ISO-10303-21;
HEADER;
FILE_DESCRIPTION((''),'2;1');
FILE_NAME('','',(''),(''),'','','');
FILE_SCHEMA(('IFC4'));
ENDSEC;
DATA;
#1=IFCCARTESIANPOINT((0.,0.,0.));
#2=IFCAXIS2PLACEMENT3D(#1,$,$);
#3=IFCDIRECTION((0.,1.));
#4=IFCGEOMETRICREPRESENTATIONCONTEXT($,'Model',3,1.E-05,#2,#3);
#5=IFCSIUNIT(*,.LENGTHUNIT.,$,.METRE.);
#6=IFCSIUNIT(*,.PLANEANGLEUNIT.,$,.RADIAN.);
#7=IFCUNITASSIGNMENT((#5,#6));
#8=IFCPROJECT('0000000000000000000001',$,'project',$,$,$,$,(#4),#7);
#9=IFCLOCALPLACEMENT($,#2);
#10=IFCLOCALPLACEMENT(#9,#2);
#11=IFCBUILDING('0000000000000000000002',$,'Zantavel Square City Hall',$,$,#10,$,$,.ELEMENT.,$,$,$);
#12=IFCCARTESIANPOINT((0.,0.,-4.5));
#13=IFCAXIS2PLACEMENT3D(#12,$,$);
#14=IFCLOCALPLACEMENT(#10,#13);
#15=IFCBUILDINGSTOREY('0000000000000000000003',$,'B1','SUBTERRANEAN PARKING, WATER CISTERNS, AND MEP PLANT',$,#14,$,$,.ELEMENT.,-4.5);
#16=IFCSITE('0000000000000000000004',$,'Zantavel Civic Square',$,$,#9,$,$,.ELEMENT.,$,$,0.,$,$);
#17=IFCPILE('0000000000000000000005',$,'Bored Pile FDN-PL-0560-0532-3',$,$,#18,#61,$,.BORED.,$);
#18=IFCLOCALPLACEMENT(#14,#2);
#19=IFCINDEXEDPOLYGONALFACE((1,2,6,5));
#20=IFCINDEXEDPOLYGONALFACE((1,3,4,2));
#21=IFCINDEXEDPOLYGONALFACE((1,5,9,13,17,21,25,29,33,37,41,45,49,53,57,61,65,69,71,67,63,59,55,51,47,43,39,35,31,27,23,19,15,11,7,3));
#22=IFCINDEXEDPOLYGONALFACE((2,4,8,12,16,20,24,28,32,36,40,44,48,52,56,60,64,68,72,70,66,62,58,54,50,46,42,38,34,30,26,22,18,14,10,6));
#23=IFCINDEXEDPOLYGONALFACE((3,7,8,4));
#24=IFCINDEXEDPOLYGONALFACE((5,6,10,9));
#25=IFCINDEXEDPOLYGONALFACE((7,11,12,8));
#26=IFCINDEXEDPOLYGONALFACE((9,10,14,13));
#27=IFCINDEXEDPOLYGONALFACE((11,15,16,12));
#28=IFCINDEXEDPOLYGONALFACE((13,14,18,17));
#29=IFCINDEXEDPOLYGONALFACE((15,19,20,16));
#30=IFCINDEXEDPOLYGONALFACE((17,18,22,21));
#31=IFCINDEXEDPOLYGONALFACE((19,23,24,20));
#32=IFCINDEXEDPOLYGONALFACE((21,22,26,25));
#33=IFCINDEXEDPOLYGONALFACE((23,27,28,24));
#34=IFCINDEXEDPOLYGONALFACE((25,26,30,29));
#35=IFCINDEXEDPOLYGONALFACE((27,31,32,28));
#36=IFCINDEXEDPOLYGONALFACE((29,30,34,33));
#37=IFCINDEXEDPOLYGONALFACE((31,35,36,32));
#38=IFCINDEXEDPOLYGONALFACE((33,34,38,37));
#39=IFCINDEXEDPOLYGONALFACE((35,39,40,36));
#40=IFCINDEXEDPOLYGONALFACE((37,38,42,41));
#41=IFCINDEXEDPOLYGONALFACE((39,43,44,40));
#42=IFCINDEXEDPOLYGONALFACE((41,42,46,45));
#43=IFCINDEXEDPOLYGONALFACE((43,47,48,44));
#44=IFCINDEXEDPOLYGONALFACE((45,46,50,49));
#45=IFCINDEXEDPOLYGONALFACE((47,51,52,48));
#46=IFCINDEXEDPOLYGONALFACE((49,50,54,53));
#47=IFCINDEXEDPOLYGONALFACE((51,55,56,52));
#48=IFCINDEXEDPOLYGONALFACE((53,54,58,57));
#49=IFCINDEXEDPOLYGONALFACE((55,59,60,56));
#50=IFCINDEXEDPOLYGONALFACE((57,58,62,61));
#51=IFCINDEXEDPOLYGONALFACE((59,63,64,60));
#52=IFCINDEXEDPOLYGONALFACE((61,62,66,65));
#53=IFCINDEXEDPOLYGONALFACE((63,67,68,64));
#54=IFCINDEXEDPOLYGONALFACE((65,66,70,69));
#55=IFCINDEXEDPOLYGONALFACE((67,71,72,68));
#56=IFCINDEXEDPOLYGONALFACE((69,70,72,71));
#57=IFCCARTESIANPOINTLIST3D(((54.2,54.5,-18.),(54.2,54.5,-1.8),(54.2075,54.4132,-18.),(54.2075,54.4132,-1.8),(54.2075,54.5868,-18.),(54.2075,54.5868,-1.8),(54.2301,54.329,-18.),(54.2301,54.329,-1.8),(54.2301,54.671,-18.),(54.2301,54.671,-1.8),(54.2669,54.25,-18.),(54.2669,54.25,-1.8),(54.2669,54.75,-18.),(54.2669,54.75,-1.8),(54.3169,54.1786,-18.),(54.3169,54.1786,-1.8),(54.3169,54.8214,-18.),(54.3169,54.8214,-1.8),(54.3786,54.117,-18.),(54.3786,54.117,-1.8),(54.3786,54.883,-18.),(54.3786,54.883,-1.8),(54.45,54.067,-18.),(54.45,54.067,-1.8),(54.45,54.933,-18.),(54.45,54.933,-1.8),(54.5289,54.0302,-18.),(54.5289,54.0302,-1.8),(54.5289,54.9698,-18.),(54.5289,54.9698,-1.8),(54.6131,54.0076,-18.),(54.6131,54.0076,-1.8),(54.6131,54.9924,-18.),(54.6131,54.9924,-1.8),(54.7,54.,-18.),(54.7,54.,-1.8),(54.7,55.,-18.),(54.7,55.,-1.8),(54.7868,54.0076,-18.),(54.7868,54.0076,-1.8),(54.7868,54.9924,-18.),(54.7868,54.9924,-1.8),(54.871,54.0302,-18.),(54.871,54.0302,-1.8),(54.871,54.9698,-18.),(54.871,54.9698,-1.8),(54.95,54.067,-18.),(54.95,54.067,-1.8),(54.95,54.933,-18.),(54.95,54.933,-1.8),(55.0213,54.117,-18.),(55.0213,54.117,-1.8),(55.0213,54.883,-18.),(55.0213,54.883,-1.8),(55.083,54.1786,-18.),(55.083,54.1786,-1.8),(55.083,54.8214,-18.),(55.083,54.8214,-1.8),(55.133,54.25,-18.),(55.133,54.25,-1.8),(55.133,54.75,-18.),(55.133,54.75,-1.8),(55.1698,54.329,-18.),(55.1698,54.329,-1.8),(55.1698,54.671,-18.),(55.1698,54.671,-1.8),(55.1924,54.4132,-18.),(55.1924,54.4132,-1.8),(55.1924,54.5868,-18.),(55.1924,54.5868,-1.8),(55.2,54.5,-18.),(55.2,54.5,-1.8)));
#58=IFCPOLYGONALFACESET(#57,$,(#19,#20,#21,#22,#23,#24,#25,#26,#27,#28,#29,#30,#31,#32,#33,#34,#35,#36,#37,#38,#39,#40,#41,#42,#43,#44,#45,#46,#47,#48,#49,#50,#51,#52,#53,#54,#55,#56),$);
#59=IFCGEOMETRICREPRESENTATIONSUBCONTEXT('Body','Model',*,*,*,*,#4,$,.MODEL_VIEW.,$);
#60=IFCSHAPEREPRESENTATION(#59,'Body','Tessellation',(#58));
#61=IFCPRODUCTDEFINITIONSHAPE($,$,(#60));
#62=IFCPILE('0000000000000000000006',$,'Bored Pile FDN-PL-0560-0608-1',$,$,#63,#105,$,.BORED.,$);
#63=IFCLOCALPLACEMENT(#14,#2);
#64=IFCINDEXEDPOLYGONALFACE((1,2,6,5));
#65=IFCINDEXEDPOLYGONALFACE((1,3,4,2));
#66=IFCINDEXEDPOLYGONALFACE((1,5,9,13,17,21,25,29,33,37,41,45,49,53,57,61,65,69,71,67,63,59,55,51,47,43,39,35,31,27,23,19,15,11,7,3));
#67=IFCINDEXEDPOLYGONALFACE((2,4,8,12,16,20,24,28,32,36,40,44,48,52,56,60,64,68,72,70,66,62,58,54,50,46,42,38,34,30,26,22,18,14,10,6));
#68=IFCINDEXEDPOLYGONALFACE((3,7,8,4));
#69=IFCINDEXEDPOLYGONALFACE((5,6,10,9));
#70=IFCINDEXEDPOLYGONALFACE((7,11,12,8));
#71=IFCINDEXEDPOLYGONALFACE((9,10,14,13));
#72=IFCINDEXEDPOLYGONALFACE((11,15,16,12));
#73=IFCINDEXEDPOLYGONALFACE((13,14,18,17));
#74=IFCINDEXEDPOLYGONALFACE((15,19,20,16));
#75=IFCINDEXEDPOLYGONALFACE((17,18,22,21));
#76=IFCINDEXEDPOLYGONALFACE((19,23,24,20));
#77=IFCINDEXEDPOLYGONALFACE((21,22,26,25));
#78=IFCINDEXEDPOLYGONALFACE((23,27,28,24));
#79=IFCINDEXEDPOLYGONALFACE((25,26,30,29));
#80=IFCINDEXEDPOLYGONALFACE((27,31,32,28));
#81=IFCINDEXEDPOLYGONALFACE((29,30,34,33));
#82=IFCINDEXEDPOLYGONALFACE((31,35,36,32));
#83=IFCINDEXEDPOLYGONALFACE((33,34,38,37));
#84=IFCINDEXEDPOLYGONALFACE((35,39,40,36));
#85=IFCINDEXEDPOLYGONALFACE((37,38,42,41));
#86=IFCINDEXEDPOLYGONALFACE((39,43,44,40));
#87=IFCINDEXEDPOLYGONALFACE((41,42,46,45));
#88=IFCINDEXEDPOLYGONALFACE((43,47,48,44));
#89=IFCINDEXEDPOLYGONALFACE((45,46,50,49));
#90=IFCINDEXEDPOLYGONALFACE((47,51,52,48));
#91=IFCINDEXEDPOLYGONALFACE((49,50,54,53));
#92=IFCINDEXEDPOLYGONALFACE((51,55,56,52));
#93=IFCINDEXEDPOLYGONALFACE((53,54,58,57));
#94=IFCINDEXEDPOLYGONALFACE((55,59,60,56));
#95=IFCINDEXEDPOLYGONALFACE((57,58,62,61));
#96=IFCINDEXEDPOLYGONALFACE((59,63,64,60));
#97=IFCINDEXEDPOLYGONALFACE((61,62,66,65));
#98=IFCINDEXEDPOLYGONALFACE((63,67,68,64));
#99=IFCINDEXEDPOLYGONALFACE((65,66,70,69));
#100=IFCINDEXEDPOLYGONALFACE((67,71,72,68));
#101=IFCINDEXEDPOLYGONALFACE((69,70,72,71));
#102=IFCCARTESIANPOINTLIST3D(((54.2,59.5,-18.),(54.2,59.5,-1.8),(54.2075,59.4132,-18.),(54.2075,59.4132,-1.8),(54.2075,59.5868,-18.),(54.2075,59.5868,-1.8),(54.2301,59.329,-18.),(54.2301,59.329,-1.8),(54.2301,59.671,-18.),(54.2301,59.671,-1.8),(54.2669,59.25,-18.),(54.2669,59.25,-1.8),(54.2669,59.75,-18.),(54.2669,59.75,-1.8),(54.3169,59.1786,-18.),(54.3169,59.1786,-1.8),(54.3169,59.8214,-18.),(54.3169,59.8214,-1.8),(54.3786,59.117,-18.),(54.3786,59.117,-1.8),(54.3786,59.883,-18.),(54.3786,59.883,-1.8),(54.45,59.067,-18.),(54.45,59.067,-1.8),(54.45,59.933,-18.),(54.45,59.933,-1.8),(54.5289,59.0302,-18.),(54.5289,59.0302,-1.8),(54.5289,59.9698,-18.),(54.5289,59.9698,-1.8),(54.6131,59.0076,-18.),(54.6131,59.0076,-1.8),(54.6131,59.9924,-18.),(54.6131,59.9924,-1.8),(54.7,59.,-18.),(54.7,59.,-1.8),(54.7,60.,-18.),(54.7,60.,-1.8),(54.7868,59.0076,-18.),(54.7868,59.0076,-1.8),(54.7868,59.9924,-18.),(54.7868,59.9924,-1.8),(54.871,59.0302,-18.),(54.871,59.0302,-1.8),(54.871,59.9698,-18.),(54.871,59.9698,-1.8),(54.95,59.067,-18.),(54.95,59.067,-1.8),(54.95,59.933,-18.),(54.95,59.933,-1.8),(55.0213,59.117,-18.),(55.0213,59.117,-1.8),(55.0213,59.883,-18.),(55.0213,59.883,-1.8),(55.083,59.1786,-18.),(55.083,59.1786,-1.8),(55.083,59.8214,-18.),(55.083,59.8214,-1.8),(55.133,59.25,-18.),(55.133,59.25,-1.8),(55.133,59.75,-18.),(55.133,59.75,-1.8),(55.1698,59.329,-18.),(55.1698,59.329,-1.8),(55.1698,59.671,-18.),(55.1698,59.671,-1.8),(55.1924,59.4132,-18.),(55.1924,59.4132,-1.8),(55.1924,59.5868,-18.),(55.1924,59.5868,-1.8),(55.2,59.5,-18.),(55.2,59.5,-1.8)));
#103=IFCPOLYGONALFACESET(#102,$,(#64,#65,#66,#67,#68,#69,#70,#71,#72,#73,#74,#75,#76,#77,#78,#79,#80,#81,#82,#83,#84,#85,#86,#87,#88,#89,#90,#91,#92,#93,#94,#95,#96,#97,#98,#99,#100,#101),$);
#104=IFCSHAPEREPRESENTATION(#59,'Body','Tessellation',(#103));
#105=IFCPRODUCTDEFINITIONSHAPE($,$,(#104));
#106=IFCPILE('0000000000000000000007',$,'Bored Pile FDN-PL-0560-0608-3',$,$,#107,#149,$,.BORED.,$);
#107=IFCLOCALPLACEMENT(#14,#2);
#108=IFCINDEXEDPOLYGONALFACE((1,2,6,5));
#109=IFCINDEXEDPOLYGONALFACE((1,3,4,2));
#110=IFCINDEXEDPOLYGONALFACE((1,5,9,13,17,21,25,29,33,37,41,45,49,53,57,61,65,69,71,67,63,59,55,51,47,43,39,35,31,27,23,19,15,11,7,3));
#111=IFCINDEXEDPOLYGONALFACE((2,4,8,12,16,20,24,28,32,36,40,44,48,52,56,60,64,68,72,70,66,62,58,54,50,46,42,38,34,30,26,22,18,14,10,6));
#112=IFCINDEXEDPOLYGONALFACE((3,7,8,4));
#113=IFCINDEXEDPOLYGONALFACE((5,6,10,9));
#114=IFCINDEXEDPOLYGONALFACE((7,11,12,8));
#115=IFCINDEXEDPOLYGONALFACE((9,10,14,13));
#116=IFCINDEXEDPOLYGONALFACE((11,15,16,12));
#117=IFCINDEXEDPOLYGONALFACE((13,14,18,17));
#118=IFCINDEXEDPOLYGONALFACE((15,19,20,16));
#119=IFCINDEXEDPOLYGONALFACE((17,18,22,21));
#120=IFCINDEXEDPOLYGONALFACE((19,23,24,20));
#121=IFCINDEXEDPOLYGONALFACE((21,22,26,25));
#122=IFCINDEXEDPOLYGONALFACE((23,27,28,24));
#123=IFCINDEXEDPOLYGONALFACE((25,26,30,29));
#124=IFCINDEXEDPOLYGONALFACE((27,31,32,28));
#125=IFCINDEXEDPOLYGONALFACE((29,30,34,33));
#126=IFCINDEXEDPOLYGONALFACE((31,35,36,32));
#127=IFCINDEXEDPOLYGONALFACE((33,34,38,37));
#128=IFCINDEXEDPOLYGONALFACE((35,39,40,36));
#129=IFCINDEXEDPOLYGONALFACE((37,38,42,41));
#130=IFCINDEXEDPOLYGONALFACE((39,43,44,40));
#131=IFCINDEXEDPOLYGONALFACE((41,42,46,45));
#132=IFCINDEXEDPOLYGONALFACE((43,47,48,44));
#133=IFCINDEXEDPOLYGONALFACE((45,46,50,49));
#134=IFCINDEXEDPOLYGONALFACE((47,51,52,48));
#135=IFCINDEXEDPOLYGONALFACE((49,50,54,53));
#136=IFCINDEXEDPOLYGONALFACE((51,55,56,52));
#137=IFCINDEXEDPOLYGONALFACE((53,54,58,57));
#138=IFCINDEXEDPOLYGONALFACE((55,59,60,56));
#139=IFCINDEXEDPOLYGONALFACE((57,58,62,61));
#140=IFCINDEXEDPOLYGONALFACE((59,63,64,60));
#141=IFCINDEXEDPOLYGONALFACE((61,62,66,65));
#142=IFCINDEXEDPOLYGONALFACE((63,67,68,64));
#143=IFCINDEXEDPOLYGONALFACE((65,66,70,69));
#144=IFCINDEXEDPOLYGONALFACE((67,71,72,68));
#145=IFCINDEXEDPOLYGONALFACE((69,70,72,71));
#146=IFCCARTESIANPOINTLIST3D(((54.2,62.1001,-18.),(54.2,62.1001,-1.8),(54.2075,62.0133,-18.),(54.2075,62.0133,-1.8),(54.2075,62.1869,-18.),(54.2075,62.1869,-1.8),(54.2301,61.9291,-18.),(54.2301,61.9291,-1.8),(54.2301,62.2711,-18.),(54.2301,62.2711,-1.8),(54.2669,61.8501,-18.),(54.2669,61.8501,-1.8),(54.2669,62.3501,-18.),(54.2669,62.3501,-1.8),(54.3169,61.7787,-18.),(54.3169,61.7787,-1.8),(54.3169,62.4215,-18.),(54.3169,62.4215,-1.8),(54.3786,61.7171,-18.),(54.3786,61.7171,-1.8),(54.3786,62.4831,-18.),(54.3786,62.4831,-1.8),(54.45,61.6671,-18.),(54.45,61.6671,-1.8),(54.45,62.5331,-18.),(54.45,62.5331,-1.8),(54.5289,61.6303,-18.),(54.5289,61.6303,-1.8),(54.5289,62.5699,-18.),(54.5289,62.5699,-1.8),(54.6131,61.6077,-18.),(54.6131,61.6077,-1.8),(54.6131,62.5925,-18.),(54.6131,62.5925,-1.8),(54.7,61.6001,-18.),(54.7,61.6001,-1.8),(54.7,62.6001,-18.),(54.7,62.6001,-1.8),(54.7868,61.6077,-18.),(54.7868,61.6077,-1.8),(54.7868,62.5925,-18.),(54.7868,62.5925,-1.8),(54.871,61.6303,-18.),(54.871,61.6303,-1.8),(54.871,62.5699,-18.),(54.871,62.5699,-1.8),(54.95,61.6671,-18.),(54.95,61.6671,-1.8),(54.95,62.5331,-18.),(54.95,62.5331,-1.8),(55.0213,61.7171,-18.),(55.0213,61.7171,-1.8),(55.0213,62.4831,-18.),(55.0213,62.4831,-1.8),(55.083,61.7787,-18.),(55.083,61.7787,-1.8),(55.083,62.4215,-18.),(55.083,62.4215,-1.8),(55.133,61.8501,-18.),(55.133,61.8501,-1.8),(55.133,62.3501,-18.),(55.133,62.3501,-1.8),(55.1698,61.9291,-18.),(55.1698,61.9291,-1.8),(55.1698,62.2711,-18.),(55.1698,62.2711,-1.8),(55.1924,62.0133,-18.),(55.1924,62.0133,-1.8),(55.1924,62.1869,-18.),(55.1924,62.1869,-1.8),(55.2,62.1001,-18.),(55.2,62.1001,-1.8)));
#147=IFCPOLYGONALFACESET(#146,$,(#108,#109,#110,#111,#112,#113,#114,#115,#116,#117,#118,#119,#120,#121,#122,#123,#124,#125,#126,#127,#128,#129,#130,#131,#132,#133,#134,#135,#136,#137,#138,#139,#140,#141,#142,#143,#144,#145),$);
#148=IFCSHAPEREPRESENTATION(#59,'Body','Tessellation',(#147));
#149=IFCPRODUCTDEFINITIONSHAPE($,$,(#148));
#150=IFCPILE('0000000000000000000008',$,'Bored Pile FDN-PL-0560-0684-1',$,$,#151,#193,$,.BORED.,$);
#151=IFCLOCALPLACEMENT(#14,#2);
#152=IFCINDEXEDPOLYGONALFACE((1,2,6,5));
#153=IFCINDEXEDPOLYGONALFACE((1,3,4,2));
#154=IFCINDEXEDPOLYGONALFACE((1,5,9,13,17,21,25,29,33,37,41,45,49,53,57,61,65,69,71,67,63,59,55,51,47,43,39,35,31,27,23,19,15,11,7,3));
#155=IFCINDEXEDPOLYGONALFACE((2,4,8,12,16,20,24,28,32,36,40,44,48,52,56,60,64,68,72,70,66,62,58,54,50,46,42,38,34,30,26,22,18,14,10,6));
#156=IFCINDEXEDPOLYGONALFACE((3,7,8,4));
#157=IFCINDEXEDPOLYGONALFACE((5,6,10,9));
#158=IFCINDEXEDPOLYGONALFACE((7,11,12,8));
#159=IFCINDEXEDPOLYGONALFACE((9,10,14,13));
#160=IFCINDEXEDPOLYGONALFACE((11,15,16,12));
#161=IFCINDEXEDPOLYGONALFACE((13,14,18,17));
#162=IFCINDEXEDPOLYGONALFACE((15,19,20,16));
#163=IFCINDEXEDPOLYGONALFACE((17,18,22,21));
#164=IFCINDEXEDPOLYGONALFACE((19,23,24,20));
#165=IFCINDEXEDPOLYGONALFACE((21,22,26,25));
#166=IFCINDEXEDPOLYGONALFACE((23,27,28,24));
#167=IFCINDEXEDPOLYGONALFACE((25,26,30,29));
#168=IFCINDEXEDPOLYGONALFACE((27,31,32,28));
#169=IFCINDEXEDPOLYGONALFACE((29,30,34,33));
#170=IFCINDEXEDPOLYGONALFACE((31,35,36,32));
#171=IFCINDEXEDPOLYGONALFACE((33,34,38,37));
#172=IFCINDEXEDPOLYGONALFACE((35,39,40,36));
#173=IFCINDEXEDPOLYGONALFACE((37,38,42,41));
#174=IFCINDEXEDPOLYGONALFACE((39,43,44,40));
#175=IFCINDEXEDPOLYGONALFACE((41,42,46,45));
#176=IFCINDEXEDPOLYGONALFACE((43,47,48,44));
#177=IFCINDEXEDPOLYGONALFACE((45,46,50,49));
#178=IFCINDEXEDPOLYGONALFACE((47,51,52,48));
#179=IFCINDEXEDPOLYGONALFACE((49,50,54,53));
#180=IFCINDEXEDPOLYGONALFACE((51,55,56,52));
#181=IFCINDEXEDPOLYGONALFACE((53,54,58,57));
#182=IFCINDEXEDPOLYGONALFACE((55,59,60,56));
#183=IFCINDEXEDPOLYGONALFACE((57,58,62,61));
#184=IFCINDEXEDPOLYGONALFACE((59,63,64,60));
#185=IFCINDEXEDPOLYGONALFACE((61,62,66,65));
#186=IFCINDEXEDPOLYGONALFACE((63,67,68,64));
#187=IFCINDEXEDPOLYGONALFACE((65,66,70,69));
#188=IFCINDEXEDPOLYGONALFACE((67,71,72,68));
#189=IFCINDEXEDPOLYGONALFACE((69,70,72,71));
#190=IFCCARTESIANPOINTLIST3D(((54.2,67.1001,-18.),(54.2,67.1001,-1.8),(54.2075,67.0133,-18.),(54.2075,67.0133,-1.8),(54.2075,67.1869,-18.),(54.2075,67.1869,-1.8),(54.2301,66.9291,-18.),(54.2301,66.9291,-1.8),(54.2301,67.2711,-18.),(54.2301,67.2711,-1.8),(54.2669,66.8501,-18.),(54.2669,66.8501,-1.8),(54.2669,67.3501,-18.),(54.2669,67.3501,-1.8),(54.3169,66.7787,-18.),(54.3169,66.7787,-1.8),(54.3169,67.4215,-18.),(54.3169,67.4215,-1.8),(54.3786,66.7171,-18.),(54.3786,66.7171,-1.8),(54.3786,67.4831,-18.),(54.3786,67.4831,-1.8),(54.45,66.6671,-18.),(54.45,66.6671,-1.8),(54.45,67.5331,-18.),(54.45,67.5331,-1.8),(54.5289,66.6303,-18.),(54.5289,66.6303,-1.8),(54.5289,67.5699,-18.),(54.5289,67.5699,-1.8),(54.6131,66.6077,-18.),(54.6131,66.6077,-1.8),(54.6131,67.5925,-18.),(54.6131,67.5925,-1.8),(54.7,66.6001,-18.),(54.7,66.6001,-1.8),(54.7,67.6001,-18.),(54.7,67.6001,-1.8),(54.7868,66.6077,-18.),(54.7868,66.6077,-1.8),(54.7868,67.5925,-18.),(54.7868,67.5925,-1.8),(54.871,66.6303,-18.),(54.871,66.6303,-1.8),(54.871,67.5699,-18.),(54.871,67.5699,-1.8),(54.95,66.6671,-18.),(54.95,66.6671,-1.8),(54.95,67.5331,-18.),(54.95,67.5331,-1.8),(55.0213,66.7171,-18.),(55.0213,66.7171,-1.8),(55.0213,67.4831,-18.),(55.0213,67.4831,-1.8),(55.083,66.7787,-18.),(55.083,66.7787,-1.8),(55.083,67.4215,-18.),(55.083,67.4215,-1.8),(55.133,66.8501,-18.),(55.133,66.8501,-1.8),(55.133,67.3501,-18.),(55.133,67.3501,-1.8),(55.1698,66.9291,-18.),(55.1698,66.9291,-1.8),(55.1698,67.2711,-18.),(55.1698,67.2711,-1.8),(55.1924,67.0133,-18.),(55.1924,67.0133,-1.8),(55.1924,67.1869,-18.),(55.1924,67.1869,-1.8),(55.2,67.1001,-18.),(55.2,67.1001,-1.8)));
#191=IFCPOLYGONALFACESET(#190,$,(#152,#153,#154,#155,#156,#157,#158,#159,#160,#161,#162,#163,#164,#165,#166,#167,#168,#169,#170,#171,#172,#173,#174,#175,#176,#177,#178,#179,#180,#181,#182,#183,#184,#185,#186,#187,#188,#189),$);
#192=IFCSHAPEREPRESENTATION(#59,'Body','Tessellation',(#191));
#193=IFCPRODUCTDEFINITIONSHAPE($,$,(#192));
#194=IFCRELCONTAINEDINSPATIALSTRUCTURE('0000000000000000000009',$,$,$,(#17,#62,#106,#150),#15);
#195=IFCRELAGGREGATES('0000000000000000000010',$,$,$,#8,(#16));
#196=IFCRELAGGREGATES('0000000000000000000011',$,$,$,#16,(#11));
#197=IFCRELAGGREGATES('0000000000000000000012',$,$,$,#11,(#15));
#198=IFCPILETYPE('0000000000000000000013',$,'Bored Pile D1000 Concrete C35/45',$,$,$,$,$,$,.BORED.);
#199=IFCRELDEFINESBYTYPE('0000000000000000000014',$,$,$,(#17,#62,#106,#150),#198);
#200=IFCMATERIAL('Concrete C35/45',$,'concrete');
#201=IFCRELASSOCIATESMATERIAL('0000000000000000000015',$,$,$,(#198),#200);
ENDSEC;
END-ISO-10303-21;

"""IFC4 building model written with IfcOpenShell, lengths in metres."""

from ifc_helpers import new_model, si_unit, direction, frame, origin, origin_2d, place, context, subcontext, project, spatial, circle, extrude, material, material_profile, profile_set, type_object, element, save


model = new_model("IFC4")

# Units and contexts
model_context = context("Model", 3, precision=1e-05, world=origin(), true_north=direction((0.0, 1.0)))
body_context = subcontext(model_context, "Body", "Model", "MODEL_VIEW")
ifc_project = project(units=[si_unit("LENGTHUNIT", "METRE"), si_unit("PLANEANGLEUNIT", "RADIAN")], contexts=[model_context])

# Site, building, storey
site_placement = place(None, origin())
site = spatial("IfcSite", under=ifc_project, at=site_placement, Name="Zantavel Civic Square", CompositionType="ELEMENT", RefElevation=0.0)
building_placement = place(site_placement, origin())
building = spatial("IfcBuilding", under=site, at=building_placement, Name="Zantavel Square City Hall", CompositionType="ELEMENT")
storey_placement = place(building_placement, frame((0.0, 0.0, -4.5)))
storey = spatial("IfcBuildingStorey", under=building, at=storey_placement, Name="B1", Description="SUBTERRANEAN PARKING, WATER CISTERNS, AND MEP PLANT", CompositionType="ELEMENT", Elevation=-4.5)

# Piles
ifc_material_1 = material(Name="Concrete C35/45", Category="concrete")
ifc_material_profile_1 = material_profile(ifc_material_1, circle(Radius=0.5, at=origin_2d()), Name="PILE D1000")
ifc_profile_set_1 = profile_set([ifc_material_profile_1], Name="Concrete C35/45")
pile_type_1 = type_object("IfcPileType", Name="Bored Pile D1000 Concrete C35/45", PredefinedType="BORED", material=ifc_profile_set_1)
for number, where, z_axis, x_axis, name in (
    (1, (54.7, 54.5, -1.8), (0.0, 0.0, -1.0), (1.0, 0.0, 0.0), "Bored Pile FDN-PL-0560-0532-3"),
    (2, (54.7, 59.5, -1.8), (0.0, 0.0, -1.0), (1.0, 0.0, 0.0), "Bored Pile FDN-PL-0560-0608-1"),
    (3, (54.7, 62.1001, -1.8), (0.0, 0.0, -1.0), (1.0, 0.0, 0.0), "Bored Pile FDN-PL-0560-0608-3"),
    (4, (54.7, 67.1001, -1.8), (0.0, 0.0, -1.0), (1.0, 0.0, 0.0), "Bored Pile FDN-PL-0560-0684-1"),
):
    element("IfcPile", number, at=place(storey_placement, frame(where, z_axis=z_axis, x_axis=x_axis)), inside=storey, type_object=pile_type_1, Name=name, PredefinedType="BORED", context=body_context, shape_type="SweptSolid", body=[
        extrude(circle(Radius=0.5, at=origin_2d()), origin(), (0.0, 0.0, 1.0), 16.2),
    ])

save(model, "model.ifc")
